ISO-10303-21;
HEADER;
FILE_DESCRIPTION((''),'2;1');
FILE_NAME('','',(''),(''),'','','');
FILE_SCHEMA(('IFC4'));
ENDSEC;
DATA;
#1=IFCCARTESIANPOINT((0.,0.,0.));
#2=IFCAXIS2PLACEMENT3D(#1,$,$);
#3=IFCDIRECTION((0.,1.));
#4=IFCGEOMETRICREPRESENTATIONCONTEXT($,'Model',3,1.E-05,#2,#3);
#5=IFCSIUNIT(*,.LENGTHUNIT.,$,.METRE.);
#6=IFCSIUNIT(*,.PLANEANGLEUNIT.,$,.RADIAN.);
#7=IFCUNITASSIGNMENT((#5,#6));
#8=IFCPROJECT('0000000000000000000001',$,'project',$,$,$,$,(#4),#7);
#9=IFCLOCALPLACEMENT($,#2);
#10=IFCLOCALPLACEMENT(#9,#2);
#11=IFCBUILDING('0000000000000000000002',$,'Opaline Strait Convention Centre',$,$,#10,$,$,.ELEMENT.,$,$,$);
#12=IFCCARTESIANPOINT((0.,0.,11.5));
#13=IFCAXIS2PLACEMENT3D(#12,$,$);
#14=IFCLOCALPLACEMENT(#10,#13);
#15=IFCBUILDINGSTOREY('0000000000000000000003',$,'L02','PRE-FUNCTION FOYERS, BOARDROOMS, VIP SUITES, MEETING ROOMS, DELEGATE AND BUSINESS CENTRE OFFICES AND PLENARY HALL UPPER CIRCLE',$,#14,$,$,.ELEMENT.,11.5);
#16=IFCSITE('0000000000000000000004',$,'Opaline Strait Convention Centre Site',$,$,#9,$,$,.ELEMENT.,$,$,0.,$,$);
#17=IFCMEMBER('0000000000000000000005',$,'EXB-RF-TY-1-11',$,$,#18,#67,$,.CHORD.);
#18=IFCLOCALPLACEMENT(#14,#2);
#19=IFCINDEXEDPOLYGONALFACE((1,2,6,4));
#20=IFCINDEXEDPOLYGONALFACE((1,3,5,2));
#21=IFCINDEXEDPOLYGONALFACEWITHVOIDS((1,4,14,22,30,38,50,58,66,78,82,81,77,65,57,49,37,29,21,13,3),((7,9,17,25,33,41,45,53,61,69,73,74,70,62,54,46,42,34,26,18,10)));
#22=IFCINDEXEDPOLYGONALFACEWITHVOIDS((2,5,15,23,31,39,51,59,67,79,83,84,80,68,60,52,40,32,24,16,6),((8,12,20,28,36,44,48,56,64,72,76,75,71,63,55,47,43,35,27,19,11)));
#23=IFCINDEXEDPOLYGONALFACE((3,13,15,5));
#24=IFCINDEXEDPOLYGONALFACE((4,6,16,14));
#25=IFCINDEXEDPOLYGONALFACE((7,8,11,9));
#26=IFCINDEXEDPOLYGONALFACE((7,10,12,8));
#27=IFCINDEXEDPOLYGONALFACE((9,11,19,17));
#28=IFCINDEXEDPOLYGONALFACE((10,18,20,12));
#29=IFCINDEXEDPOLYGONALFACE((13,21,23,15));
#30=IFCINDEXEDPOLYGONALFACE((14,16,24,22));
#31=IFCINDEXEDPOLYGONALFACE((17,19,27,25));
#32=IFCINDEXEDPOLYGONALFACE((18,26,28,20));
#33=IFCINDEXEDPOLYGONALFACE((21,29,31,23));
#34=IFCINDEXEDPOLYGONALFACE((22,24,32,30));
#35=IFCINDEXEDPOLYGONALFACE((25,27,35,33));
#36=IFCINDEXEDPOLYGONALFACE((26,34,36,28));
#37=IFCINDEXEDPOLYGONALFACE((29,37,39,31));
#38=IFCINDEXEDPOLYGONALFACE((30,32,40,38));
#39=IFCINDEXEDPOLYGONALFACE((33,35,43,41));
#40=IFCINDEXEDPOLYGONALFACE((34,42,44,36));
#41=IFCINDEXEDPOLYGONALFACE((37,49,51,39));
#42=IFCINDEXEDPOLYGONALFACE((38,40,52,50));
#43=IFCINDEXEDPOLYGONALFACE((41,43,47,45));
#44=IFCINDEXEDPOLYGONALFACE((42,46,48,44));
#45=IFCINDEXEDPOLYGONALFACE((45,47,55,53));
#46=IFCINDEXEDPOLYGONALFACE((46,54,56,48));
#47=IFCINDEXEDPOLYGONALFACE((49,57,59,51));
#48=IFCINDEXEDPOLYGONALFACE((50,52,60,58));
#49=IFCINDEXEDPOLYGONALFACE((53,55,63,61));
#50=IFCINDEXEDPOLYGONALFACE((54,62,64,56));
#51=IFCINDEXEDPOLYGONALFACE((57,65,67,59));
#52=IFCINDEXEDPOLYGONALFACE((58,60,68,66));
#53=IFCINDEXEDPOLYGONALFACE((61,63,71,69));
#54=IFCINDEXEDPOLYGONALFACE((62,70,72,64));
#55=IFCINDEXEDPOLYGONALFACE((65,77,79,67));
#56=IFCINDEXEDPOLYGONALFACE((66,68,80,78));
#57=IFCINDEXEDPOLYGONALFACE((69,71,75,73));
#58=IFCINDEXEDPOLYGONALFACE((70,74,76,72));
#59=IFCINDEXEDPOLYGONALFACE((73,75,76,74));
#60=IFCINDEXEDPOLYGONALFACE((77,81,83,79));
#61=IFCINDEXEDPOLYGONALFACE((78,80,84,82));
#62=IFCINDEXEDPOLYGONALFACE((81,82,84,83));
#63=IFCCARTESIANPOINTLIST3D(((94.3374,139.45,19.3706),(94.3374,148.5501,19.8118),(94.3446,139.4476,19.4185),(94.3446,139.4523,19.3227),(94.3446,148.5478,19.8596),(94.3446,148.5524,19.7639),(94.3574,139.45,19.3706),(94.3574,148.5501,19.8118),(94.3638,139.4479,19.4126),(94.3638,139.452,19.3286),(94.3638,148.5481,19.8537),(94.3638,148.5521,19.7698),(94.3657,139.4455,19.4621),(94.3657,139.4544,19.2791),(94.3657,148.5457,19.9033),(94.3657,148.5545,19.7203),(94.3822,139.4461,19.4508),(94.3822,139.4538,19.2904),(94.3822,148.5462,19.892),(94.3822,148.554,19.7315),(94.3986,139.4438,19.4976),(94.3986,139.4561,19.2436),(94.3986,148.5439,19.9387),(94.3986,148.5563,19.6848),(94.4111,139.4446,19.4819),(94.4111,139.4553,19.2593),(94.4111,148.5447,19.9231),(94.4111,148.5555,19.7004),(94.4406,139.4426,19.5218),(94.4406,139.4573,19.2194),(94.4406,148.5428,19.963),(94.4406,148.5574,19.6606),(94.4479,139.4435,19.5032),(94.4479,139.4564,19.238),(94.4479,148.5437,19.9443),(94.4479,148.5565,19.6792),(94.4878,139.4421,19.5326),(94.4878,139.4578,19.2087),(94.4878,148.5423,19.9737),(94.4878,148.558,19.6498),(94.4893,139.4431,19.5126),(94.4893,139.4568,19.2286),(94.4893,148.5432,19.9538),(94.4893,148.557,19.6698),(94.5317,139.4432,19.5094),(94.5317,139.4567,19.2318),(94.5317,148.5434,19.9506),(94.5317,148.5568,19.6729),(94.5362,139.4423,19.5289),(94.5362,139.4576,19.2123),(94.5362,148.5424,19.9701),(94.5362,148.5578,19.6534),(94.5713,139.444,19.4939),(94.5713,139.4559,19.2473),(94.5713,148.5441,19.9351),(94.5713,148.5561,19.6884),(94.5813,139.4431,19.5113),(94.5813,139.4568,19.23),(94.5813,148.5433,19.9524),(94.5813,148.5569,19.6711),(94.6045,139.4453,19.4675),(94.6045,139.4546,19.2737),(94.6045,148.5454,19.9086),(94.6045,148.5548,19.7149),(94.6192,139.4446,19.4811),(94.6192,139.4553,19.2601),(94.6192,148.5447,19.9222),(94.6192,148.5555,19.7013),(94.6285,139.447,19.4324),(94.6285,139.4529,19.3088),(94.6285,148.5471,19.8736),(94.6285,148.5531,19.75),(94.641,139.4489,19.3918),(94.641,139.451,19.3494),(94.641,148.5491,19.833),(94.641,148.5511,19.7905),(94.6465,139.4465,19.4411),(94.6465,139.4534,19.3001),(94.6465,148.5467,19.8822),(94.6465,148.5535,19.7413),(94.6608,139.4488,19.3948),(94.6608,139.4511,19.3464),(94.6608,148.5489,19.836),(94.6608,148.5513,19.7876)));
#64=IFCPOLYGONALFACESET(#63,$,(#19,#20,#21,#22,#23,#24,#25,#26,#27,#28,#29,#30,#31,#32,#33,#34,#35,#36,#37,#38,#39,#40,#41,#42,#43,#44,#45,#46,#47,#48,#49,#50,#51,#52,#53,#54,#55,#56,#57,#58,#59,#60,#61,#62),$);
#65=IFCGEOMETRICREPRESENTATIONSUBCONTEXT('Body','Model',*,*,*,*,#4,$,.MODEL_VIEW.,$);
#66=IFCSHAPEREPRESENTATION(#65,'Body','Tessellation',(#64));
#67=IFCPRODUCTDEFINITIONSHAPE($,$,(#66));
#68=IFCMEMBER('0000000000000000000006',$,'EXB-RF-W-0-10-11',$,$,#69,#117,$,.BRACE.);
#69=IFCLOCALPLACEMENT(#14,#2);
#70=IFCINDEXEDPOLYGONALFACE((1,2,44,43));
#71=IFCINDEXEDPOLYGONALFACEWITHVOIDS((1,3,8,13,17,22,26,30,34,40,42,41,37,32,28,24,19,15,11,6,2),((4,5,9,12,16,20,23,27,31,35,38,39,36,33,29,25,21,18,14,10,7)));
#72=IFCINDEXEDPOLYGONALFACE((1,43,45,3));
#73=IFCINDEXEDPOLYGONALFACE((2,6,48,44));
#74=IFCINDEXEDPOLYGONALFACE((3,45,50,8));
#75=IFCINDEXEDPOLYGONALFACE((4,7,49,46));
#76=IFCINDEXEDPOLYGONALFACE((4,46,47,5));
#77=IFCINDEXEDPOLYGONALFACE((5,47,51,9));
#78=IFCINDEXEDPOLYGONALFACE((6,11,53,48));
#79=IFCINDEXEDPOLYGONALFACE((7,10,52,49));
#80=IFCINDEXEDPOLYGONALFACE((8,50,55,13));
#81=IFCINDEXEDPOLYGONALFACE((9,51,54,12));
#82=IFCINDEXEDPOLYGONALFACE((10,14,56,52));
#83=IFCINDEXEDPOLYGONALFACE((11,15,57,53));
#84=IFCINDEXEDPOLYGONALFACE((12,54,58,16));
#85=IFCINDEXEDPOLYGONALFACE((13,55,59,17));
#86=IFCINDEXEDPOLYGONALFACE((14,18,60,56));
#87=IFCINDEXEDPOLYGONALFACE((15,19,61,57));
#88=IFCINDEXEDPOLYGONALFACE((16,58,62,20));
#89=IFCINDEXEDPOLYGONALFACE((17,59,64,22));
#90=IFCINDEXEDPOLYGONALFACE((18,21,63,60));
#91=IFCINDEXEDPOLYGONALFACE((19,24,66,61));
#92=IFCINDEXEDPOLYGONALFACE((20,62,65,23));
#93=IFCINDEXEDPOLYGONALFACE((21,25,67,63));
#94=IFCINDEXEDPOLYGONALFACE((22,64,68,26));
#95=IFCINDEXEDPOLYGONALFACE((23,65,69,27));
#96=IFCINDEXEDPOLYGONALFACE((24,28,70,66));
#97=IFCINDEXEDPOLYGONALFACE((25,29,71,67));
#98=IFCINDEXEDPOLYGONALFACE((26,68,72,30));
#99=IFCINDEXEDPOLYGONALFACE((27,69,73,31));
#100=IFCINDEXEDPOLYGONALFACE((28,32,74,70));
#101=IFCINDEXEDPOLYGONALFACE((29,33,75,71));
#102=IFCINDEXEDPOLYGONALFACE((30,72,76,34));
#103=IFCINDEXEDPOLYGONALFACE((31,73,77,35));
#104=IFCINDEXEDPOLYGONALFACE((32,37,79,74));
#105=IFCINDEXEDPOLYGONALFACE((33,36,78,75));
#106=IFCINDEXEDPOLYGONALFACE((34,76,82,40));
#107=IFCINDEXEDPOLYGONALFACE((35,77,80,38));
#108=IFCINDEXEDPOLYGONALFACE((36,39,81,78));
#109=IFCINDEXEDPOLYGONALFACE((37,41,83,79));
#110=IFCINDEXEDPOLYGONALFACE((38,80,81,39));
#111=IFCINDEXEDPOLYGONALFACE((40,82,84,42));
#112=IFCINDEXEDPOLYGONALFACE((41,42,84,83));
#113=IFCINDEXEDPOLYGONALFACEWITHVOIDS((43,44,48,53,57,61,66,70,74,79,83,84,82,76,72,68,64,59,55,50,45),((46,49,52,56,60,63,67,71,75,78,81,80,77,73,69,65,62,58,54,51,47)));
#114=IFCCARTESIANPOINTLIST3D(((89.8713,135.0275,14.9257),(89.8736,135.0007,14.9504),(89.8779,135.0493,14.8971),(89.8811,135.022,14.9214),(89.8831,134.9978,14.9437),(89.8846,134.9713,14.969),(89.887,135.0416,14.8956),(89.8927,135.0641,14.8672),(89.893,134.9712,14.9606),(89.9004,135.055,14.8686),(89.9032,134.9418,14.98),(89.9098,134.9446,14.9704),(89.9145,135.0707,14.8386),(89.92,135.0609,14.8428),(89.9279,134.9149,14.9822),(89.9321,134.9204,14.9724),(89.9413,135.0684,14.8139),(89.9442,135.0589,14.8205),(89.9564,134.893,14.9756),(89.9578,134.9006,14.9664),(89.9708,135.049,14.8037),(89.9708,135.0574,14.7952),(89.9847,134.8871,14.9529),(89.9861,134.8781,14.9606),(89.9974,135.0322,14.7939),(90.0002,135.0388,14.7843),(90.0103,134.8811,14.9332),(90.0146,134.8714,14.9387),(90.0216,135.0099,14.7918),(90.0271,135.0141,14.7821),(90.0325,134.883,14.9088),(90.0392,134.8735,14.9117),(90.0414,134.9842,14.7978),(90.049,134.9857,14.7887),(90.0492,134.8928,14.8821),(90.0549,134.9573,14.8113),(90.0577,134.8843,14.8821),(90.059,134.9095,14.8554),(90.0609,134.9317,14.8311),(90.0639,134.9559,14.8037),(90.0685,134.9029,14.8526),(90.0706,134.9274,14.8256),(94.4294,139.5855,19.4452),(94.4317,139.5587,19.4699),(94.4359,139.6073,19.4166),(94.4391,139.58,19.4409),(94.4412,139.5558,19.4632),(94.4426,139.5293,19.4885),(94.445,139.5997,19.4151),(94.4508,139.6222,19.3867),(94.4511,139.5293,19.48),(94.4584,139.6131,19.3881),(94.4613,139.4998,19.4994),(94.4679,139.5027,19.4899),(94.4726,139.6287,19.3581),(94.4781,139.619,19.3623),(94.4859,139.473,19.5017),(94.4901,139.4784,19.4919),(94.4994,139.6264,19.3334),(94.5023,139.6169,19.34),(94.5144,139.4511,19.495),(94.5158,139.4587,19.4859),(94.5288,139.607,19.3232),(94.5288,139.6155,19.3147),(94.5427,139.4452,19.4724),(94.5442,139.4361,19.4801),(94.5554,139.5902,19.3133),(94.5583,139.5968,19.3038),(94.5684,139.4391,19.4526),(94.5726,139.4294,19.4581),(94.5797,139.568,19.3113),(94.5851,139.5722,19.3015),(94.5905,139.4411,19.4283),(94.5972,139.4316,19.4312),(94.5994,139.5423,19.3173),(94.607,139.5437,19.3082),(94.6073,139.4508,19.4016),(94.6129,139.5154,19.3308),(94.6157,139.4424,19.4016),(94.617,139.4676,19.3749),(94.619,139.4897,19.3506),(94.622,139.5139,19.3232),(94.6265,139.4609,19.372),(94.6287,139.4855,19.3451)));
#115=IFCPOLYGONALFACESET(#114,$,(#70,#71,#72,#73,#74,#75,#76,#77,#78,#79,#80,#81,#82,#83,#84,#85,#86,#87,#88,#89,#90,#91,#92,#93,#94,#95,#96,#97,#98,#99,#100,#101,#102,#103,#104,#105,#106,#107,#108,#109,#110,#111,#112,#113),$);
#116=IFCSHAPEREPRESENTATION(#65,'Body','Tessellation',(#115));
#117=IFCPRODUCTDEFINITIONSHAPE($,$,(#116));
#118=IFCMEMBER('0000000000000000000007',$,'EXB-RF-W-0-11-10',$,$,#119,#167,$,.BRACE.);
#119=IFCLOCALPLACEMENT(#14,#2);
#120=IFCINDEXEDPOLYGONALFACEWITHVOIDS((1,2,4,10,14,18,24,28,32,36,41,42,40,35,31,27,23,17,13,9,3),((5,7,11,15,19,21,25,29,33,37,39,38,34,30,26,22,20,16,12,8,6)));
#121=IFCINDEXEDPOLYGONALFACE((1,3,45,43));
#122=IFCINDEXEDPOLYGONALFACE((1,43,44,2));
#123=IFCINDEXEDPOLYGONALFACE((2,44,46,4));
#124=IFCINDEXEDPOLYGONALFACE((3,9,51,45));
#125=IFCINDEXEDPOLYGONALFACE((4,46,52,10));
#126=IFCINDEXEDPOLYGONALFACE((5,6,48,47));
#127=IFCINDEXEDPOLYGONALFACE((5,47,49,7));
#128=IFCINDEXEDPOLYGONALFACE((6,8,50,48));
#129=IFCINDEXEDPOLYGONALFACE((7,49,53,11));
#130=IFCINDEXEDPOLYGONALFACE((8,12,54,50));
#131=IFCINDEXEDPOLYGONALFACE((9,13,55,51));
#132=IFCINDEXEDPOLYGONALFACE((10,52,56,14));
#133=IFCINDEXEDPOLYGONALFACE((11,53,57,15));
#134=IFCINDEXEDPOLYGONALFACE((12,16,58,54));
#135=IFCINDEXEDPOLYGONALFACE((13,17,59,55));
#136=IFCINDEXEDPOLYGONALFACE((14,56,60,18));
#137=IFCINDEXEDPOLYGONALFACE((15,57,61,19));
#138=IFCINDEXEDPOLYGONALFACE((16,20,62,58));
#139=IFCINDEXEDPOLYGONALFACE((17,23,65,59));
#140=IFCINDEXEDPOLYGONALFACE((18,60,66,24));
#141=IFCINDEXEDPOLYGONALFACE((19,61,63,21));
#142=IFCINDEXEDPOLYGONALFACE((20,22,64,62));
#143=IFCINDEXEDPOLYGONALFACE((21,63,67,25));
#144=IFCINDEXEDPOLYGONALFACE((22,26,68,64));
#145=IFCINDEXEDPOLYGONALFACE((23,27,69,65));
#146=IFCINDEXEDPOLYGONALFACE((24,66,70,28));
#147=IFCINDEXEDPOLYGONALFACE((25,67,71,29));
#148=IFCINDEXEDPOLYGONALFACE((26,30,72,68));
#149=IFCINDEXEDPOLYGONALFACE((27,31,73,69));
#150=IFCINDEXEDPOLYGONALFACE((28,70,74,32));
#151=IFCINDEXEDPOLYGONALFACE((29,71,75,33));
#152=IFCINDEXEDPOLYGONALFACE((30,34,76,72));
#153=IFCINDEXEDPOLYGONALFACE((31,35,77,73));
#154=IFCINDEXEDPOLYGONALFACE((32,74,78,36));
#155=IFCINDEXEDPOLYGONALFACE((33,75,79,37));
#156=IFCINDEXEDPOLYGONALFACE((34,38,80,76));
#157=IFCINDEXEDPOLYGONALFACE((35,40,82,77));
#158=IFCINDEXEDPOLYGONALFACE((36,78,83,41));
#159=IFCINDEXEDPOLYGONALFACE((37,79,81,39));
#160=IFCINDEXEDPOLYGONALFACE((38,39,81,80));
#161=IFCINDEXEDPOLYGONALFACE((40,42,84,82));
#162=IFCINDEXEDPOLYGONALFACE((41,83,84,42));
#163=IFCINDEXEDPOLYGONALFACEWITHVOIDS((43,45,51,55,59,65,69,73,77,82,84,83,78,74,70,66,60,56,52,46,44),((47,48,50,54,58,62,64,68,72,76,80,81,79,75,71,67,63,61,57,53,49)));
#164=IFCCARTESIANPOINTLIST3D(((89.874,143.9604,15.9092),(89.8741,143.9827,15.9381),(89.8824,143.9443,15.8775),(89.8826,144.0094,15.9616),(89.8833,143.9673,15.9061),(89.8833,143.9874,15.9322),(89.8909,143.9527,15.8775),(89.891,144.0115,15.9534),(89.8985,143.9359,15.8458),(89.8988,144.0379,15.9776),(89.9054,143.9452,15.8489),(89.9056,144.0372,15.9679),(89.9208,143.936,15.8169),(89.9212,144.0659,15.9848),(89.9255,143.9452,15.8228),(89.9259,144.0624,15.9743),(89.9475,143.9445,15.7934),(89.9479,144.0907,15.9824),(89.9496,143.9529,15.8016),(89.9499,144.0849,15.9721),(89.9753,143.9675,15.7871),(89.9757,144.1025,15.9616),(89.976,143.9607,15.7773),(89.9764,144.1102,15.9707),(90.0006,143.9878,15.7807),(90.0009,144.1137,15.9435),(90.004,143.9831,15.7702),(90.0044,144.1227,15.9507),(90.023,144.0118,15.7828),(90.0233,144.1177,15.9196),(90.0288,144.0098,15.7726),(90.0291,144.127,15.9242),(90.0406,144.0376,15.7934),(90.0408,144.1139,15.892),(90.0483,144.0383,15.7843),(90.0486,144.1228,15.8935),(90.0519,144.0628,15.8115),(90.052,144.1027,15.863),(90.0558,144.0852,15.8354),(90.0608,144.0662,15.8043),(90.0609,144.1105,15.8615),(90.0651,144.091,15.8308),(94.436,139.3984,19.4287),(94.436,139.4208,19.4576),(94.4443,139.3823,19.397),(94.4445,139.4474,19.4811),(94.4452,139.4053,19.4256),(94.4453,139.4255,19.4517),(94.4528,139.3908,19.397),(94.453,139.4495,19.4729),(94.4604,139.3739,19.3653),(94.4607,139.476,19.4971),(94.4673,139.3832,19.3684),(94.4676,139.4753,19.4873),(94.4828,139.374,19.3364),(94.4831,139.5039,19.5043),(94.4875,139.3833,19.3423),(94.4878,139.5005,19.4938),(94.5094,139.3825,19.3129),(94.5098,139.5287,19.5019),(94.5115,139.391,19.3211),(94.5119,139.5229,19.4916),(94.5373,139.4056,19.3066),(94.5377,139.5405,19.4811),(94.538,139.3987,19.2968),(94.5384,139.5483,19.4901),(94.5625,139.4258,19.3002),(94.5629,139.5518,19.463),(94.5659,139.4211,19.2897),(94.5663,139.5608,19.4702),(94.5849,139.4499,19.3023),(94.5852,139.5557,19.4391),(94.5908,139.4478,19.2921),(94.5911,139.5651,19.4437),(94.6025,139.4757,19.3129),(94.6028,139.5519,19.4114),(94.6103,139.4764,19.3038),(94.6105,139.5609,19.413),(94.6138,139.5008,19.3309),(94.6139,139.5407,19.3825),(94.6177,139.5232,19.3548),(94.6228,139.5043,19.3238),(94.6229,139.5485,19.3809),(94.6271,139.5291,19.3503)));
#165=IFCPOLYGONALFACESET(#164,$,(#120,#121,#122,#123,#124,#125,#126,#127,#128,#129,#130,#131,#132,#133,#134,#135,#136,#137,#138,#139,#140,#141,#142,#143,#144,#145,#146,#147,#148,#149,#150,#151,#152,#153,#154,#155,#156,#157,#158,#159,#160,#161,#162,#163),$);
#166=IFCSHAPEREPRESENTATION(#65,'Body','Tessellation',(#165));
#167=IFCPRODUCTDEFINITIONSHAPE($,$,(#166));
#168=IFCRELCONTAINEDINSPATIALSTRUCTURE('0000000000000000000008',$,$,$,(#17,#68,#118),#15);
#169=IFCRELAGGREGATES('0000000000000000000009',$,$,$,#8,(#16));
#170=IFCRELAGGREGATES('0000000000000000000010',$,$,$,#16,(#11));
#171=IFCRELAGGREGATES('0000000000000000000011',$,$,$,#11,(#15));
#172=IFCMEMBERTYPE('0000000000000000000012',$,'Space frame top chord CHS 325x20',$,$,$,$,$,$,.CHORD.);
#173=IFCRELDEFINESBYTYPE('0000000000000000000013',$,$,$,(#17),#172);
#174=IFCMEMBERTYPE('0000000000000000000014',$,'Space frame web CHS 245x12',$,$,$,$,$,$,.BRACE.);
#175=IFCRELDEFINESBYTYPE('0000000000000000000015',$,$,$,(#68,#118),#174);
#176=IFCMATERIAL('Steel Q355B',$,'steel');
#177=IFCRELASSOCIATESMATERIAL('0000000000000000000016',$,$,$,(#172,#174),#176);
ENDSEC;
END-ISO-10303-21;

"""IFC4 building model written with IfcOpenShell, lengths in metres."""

from ifc_helpers import new_model, si_unit, direction, frame, origin, origin_2d, place, context, subcontext, project, spatial, hollow_circle, extrude, material, material_profile, profile_set, type_object, element, save


model = new_model("IFC4")

# Units and contexts
model_context = context("Model", 3, precision=1e-05, world=origin(), true_north=direction((0.0, 1.0)))
body_context = subcontext(model_context, "Body", "Model", "MODEL_VIEW")
ifc_project = project(units=[si_unit("LENGTHUNIT", "METRE"), si_unit("PLANEANGLEUNIT", "RADIAN")], contexts=[model_context])

# Site, building, storey
site_placement = place(None, origin())
site = spatial("IfcSite", under=ifc_project, at=site_placement, Name="Opaline Strait Convention Centre Site", CompositionType="ELEMENT", RefElevation=0.0)
building_placement = place(site_placement, origin())
building = spatial("IfcBuilding", under=site, at=building_placement, Name="Opaline Strait Convention Centre", CompositionType="ELEMENT")
storey_placement = place(building_placement, frame((0.0, 0.0, 11.5)))
storey = spatial("IfcBuildingStorey", under=building, at=storey_placement, Name="L02", Description="PRE-FUNCTION FOYERS, BOARDROOMS, VIP SUITES, MEETING ROOMS, DELEGATE AND BUSINESS CENTRE OFFICES AND PLENARY HALL UPPER CIRCLE", CompositionType="ELEMENT", Elevation=11.5)

# Members
ifc_material_1 = material(Name="Steel Q355B", Category="steel")
ifc_material_profile_1 = material_profile(ifc_material_1, hollow_circle(Radius=0.1626, WallThickness=0.02, at=origin_2d()), Name="CHS 325x20")
ifc_profile_set_1 = profile_set([ifc_material_profile_1], Name="Steel Q355B")
member_type_1 = type_object("IfcMemberType", Name="Space frame top chord CHS 325x20", PredefinedType="CHORD", material=ifc_profile_set_1)
member_1_placement = place(storey_placement, frame((94.5, 139.45, 19.3706), z_axis=(0.0, 0.998827, 0.048422), x_axis=(-1.0, 0.0, 0.0)))
element("IfcMember", 1, at=member_1_placement, inside=storey, type_object=member_type_1, Name="EXB-RF-TY-1-11", PredefinedType="CHORD", context=body_context, shape_type="SweptSolid", body=[
    extrude(hollow_circle(Radius=0.1626, WallThickness=0.02, at=origin_2d()), origin(), (0.0, 0.0, 1.0), 9.1108),
])
ifc_material_profile_2 = material_profile(ifc_material_1, hollow_circle(Radius=0.1226, WallThickness=0.012, at=origin_2d()), Name="CHS 245x12")
ifc_profile_set_2 = profile_set([ifc_material_profile_2], Name="Steel Q355B")
member_type_2 = type_object("IfcMemberType", Name="Space frame web CHS 245x12", PredefinedType="BRACE", material=ifc_profile_set_2)
member_2_placement = place(storey_placement, frame((94.5291, 139.5291, 19.4016), z_axis=(-0.578979, -0.578979, -0.574079), x_axis=(0.707107, -0.707107, 0.0)))
element("IfcMember", 2, at=member_2_placement, inside=storey, type_object=member_type_2, Name="EXB-RF-W-0-10-11", PredefinedType="BRACE", context=body_context, shape_type="SweptSolid", body=[
    extrude(hollow_circle(Radius=0.1226, WallThickness=0.012, at=origin_2d()), origin(), (0.0, 0.0, 1.0), 7.8726),
])
member_3_placement = place(storey_placement, frame((94.531, 139.469, 19.397), z_axis=(-0.620748, 0.620748, -0.478899), x_axis=(-0.707107, -0.707107, 0.0)))
element("IfcMember", 3, at=member_3_placement, inside=storey, type_object=member_type_2, Name="EXB-RF-W-0-11-10", PredefinedType="BRACE", context=body_context, shape_type="SweptSolid", body=[
    extrude(hollow_circle(Radius=0.1226, WallThickness=0.012, at=origin_2d()), origin(), (0.0, 0.0, 1.0), 7.3491),
])

save(model, "model.ifc")
